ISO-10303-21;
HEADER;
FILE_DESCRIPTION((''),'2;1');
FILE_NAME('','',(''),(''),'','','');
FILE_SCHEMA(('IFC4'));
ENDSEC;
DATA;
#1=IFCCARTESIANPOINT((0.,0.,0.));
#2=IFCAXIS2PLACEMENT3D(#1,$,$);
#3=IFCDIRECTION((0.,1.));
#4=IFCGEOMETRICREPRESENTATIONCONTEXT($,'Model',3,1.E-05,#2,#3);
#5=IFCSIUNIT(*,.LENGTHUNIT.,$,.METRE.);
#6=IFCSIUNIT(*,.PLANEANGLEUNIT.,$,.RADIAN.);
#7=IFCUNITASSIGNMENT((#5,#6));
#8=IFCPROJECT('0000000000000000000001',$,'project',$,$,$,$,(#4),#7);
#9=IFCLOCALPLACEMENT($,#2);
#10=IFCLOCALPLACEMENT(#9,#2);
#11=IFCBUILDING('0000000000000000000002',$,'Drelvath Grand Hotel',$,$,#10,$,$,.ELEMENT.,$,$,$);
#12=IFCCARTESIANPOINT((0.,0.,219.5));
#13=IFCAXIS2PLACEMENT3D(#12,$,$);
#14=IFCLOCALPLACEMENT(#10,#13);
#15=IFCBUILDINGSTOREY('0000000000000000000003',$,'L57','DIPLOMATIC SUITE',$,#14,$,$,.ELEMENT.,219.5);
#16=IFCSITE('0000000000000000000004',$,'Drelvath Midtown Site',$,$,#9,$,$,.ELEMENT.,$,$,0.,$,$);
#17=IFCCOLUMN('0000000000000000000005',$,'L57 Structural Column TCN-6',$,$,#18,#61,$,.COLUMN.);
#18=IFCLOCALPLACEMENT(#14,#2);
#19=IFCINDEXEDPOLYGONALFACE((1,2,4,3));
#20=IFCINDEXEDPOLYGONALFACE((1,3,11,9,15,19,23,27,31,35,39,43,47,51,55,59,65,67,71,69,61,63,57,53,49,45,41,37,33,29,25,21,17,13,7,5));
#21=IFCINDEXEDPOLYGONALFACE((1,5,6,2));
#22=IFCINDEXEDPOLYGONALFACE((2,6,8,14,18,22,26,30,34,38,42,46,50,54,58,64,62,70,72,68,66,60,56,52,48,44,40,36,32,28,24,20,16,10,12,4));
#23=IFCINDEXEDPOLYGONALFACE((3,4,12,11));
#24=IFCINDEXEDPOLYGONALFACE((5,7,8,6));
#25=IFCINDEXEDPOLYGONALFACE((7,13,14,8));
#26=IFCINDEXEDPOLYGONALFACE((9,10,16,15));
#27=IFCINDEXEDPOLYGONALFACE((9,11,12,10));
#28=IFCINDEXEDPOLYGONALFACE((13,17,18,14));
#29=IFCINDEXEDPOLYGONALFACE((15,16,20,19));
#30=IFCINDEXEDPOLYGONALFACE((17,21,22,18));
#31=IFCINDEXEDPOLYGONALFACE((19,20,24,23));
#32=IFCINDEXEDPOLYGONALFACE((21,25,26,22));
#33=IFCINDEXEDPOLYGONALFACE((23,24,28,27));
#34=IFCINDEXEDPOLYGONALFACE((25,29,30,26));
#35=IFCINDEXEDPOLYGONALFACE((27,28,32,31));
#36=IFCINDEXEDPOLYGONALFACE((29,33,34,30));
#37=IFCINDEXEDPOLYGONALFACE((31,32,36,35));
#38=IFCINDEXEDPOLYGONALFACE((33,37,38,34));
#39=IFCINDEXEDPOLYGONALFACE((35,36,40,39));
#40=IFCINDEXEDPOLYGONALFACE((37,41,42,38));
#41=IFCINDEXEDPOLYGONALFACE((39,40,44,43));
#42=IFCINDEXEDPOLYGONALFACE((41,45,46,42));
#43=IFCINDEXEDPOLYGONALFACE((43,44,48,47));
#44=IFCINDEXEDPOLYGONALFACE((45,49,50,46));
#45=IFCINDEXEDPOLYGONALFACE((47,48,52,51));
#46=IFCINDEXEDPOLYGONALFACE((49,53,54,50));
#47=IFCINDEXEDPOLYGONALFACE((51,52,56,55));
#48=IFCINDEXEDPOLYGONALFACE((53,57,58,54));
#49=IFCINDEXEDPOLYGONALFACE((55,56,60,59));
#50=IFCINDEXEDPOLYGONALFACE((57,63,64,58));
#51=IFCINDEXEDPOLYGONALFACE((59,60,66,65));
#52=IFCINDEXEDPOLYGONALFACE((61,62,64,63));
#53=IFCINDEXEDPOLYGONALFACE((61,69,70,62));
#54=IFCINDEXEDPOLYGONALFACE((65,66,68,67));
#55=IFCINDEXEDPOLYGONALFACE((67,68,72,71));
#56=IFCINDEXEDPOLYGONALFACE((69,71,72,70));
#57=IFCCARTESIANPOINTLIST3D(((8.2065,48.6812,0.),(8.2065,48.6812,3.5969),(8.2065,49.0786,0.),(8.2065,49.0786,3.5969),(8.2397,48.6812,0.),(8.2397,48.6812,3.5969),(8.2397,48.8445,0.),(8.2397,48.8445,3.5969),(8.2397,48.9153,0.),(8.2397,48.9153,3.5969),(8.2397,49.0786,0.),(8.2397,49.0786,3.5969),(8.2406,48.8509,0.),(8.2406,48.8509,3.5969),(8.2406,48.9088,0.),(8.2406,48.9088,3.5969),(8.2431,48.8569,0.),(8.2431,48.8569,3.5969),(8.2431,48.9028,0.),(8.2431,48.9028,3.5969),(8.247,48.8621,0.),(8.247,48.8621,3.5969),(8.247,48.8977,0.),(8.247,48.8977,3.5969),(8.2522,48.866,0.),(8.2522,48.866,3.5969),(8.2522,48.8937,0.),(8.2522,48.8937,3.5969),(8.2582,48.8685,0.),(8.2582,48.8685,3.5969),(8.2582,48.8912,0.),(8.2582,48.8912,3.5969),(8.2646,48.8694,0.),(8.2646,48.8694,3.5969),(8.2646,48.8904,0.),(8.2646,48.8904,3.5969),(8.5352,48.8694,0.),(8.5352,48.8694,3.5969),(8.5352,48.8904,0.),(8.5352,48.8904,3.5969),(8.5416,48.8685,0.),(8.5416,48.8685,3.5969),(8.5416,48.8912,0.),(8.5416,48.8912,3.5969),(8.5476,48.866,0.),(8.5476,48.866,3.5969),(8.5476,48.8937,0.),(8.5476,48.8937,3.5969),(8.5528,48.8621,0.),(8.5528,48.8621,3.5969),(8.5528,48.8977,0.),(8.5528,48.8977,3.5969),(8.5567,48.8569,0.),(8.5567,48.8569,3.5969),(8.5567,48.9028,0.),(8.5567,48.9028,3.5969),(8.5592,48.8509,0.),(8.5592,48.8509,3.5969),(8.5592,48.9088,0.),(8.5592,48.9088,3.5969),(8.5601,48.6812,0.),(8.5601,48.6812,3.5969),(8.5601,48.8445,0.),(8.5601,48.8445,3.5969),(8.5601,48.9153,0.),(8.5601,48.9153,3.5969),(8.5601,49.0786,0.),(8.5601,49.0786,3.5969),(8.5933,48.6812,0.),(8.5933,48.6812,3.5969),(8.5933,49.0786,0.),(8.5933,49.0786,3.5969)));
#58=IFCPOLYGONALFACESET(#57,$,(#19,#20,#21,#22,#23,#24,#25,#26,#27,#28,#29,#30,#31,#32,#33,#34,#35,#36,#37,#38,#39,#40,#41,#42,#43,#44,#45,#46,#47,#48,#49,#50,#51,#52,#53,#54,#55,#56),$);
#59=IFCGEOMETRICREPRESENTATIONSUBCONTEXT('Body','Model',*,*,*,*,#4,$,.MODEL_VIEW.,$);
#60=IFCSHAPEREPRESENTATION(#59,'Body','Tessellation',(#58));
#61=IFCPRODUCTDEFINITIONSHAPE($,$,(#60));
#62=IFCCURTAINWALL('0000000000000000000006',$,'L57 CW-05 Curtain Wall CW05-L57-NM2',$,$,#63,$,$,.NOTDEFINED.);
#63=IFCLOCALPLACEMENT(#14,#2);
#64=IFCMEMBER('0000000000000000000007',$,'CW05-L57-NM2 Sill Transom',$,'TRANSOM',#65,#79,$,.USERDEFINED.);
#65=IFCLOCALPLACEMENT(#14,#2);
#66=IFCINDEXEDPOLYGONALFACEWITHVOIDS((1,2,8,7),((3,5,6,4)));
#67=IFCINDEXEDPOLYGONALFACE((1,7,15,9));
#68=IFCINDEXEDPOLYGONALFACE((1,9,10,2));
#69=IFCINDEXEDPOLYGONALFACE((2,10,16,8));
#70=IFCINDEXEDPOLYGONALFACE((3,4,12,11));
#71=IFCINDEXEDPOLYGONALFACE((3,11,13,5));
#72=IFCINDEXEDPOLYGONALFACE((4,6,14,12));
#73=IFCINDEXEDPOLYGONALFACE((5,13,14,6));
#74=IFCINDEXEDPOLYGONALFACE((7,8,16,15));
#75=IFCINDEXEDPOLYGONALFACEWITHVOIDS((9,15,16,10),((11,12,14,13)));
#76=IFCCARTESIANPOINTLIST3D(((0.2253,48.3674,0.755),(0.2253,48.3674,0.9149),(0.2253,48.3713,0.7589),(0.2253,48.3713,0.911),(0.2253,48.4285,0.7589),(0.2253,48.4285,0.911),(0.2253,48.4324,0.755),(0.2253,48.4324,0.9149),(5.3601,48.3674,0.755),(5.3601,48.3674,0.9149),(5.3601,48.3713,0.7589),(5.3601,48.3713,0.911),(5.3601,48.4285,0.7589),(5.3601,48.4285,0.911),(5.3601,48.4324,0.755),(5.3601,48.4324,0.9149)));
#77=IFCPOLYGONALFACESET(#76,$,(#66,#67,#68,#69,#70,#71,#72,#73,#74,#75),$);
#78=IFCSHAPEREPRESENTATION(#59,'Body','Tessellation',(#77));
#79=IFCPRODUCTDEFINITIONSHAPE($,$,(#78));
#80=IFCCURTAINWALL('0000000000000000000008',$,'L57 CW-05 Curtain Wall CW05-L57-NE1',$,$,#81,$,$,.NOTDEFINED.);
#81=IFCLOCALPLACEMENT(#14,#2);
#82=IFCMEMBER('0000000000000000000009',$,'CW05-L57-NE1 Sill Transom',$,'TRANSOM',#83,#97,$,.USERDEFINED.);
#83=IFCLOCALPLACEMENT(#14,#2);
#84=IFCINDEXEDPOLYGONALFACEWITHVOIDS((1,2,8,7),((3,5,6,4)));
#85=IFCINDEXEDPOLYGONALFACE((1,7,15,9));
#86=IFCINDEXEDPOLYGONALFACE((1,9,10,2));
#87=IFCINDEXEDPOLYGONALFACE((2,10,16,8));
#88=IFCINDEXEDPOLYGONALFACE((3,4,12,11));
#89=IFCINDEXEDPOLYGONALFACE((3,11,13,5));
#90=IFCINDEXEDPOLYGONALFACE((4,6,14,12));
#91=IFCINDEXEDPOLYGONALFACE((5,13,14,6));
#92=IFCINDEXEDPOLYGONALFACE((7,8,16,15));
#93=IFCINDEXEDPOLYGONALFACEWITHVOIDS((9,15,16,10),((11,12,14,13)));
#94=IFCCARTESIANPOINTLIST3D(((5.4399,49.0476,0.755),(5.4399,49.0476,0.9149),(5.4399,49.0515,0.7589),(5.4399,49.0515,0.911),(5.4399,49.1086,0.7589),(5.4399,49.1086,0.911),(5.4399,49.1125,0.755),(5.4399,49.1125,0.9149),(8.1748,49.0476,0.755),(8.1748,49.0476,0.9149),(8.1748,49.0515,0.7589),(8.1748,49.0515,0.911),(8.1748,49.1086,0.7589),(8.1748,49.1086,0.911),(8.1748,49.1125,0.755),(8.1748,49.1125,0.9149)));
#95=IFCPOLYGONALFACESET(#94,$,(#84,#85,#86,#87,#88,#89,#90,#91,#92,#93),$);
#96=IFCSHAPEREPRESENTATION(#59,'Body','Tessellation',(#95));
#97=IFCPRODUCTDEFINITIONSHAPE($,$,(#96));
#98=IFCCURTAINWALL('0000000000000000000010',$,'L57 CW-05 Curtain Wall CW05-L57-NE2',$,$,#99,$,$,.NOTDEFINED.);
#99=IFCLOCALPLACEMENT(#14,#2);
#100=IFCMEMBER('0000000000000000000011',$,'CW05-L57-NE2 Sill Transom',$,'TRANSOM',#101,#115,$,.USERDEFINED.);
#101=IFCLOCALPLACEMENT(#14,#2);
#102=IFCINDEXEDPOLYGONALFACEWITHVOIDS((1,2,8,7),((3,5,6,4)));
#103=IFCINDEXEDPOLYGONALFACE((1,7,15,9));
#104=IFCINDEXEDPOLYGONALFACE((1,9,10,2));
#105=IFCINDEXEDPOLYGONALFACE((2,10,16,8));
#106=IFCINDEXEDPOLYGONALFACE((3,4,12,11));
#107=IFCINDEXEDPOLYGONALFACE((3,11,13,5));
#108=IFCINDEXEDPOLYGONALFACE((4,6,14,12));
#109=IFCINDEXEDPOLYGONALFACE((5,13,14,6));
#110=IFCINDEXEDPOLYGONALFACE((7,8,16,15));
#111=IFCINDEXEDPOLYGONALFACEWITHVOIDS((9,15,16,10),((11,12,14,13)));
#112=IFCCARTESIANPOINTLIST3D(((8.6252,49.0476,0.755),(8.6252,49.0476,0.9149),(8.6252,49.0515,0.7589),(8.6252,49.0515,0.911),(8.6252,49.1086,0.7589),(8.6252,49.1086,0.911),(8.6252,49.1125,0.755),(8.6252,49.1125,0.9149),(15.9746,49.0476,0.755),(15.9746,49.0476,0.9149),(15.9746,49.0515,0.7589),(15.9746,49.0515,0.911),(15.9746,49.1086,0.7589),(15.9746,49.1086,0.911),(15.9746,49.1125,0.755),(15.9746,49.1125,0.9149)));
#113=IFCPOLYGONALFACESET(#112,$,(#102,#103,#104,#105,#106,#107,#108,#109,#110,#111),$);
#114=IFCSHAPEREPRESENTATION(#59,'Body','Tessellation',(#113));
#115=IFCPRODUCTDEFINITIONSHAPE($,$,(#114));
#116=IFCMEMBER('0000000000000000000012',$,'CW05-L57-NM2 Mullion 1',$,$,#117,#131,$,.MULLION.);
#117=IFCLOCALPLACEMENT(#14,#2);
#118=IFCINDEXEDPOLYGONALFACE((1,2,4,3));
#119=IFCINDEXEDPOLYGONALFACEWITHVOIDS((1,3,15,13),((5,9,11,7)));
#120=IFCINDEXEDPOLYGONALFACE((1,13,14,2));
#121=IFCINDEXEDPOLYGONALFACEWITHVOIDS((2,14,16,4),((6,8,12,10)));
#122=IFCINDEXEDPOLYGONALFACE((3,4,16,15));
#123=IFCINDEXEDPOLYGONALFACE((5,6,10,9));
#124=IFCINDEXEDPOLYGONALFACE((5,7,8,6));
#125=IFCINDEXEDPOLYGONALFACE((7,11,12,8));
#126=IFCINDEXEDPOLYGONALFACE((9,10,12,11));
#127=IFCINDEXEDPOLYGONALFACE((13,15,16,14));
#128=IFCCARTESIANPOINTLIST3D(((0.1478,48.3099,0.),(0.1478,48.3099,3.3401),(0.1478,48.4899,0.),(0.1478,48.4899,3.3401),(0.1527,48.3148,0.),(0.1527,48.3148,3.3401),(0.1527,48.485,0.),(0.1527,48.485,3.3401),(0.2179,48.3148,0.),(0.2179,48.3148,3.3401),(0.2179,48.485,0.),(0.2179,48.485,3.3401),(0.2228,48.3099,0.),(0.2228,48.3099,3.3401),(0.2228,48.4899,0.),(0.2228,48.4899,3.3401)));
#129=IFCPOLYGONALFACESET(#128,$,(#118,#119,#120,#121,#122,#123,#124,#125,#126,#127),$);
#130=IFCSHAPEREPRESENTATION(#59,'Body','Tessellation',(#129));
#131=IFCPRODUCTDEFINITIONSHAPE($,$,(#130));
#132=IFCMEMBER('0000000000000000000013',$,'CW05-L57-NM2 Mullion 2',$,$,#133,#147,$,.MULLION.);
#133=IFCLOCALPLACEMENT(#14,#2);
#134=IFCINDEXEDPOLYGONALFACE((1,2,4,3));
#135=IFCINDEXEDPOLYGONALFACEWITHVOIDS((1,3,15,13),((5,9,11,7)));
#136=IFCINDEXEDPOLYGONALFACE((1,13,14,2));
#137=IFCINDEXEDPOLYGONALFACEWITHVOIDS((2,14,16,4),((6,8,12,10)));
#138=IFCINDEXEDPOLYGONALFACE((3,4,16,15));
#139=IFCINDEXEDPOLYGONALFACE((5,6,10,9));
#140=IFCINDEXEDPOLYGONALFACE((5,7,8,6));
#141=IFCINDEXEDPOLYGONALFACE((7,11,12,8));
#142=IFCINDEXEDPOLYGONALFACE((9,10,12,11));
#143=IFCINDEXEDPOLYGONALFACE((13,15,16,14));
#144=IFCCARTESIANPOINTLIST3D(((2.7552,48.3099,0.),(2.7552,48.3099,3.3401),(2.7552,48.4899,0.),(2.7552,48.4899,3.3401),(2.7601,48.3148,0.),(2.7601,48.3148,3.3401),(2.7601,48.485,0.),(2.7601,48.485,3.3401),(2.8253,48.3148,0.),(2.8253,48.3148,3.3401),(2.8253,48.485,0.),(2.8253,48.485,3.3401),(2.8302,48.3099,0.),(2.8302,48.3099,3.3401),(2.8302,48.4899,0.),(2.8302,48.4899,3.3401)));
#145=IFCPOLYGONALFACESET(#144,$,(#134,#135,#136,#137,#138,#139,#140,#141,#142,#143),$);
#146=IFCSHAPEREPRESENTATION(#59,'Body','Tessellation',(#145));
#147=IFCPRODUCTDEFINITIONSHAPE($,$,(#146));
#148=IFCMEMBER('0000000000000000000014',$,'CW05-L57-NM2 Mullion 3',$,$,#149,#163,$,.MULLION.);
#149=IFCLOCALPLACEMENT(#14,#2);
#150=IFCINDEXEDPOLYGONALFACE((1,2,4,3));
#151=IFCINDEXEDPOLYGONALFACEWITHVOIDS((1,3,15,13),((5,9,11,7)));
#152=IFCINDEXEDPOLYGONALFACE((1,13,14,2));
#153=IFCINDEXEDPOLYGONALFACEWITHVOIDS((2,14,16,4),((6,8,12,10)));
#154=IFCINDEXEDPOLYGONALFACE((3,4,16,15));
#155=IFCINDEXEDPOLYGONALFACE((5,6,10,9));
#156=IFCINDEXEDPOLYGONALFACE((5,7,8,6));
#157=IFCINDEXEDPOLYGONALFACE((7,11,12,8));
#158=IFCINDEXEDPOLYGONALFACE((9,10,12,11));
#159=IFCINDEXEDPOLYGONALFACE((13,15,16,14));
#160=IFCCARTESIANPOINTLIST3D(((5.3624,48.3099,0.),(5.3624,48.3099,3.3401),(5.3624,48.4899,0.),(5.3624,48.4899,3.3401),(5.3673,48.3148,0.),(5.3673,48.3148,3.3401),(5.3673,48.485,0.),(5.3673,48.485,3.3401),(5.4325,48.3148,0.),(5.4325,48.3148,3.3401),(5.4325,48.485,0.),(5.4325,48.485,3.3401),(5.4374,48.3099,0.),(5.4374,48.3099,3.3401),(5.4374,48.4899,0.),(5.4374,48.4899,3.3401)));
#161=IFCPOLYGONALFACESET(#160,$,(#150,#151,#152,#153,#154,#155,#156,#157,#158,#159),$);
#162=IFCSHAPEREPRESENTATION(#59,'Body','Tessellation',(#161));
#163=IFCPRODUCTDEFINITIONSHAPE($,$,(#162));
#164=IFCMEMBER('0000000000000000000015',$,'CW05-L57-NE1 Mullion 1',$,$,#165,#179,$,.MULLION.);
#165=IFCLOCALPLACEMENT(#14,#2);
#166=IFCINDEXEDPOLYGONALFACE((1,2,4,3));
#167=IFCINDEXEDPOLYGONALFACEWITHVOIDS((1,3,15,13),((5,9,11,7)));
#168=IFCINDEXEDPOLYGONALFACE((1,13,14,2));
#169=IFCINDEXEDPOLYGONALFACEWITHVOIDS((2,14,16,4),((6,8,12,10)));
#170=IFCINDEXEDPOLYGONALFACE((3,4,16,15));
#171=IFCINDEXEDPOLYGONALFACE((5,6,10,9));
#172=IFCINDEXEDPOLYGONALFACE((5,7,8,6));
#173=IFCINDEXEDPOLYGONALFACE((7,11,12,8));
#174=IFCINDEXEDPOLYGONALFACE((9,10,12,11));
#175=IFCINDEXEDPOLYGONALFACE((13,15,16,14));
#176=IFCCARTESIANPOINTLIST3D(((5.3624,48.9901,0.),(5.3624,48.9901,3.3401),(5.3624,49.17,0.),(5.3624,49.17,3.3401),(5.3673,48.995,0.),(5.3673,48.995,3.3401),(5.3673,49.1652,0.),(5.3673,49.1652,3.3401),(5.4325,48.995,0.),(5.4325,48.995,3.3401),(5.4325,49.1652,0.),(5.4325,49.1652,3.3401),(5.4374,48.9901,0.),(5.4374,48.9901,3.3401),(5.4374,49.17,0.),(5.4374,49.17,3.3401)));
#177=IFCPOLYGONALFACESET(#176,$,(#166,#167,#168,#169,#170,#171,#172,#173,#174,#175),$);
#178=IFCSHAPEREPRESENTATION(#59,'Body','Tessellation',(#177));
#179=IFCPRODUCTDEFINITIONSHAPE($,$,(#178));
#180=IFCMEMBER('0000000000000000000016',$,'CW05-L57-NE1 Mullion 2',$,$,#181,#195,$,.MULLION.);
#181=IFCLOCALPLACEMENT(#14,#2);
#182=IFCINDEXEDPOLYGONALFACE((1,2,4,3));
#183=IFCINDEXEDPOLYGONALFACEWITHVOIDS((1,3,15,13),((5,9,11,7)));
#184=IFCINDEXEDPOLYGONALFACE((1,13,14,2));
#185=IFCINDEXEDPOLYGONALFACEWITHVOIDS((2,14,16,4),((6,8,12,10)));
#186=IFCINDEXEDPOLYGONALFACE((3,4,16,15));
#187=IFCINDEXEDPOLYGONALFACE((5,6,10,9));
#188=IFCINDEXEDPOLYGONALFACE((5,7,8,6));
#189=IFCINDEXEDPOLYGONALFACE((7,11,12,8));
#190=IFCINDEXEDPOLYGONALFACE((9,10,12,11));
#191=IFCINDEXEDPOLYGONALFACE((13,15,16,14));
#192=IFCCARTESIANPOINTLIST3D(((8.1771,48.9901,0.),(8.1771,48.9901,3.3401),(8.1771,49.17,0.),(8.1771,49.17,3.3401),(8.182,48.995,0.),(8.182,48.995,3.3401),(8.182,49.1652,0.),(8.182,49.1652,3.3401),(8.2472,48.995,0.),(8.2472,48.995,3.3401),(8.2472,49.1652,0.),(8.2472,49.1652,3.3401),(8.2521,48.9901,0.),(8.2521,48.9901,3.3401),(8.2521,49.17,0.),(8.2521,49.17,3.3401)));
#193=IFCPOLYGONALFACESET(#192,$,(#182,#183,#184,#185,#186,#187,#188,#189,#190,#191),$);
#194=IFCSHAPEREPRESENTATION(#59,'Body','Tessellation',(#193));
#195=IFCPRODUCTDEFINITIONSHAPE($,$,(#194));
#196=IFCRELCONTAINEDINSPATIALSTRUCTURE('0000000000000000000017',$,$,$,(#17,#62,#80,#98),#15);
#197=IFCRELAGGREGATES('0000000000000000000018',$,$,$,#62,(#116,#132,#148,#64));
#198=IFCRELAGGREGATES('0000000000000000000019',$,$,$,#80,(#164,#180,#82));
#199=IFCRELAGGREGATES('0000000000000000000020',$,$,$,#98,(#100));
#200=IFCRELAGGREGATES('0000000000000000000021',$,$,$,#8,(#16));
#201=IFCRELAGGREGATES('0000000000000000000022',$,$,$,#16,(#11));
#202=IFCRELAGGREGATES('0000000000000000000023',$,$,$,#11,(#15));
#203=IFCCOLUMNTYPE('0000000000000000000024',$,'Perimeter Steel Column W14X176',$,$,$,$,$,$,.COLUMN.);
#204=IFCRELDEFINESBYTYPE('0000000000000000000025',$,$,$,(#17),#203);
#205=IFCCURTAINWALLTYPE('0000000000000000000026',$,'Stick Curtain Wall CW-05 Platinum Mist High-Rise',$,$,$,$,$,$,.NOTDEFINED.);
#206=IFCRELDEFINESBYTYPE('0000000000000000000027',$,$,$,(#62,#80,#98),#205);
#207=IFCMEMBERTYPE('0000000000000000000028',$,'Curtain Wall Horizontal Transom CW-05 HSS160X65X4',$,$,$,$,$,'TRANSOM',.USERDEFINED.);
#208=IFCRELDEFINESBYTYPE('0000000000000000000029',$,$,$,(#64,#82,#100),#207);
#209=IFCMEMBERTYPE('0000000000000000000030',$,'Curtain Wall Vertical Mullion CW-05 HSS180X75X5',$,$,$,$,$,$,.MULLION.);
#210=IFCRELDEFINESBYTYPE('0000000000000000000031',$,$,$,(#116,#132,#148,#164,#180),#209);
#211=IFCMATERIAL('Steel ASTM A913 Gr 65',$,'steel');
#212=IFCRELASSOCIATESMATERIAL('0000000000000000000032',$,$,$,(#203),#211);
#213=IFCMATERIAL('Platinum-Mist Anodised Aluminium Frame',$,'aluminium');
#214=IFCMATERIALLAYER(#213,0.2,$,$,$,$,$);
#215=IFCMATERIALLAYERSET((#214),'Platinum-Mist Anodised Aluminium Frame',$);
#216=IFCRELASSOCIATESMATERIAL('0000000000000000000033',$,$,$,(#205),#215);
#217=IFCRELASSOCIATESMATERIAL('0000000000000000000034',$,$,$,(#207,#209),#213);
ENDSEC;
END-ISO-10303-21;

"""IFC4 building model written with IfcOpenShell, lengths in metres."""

from ifc_helpers import new_model, si_unit, direction, frame, origin, origin_2d, place, context, subcontext, project, spatial, hollow_rectangle, i_section, extrude, material, layer, layer_set, material_profile, profile_set, type_object, element, aggregate, save


model = new_model("IFC4")

# Units and contexts
model_context = context("Model", 3, precision=1e-05, world=origin(), true_north=direction((0.0, 1.0)))
body_context = subcontext(model_context, "Body", "Model", "MODEL_VIEW")
ifc_project = project(units=[si_unit("LENGTHUNIT", "METRE"), si_unit("PLANEANGLEUNIT", "RADIAN")], contexts=[model_context])

# Site, building, storey
site_placement = place(None, origin())
site = spatial("IfcSite", under=ifc_project, at=site_placement, Name="Drelvath Midtown Site", CompositionType="ELEMENT", RefElevation=0.0)
building_placement = place(site_placement, origin())
building = spatial("IfcBuilding", under=site, at=building_placement, Name="Drelvath Grand Hotel", CompositionType="ELEMENT")
storey_placement = place(building_placement, frame((0.0, 0.0, 219.5)))
storey = spatial("IfcBuildingStorey", under=building, at=storey_placement, Name="L57", Description="DIPLOMATIC SUITE", CompositionType="ELEMENT", Elevation=219.5)

# Column
ifc_material_1 = material(Name="Steel ASTM A913 Gr 65", Category="steel")
ifc_material_profile_1 = material_profile(ifc_material_1, i_section(OverallWidth=0.3975, OverallDepth=0.3867, WebThickness=0.021, FlangeThickness=0.0332, FilletRadius=0.0249, at=origin_2d()), Name="W14X176")
ifc_profile_set_1 = profile_set([ifc_material_profile_1], Name="Steel ASTM A913 Gr 65")
column_type = type_object("IfcColumnType", Name="Perimeter Steel Column W14X176", PredefinedType="COLUMN", material=ifc_profile_set_1)
column_placement = place(storey_placement, frame((8.3999, 48.8799, 0.0), z_axis=(0.0, 0.0, 1.0), x_axis=(0.0, 1.0, 0.0)))
element("IfcColumn", 1, at=column_placement, inside=storey, type_object=column_type, Name="L57 Structural Column TCN-6", PredefinedType="COLUMN", context=body_context, shape_type="SweptSolid", body=[
    extrude(i_section(OverallWidth=0.3975, OverallDepth=0.3867, WebThickness=0.021, FlangeThickness=0.0332, FilletRadius=0.0249, at=origin_2d()), origin(), (0.0, 0.0, 1.0), 3.5969),
])

# Curtain walls, members
ifc_material_2 = material(Name="Platinum-Mist Anodised Aluminium Frame", Category="aluminium")
ifc_layer_1 = layer(ifc_material_2, 0.2)
ifc_layer_set_1 = layer_set([ifc_layer_1], Name="Platinum-Mist Anodised Aluminium Frame")
curtain_wall_type = type_object("IfcCurtainWallType", Name="Stick Curtain Wall CW-05 Platinum Mist High-Rise", PredefinedType="NOTDEFINED", material=ifc_layer_set_1)
curtain_wall_1_placement = place(storey_placement, origin())
curtain_wall_1 = element("IfcCurtainWall", 2, at=curtain_wall_1_placement, inside=storey, type_object=curtain_wall_type, Name="L57 CW-05 Curtain Wall CW05-L57-NM2", PredefinedType="NOTDEFINED")
ifc_material_profile_2 = material_profile(ifc_material_2, hollow_rectangle(XDim=0.0649, YDim=0.1599, WallThickness=0.0039, at=origin_2d()), Name="HSS160X65X4")
ifc_profile_set_2 = profile_set([ifc_material_profile_2], Name="Platinum-Mist Anodised Aluminium Frame")
member_type_1 = type_object("IfcMemberType", Name="Curtain Wall Horizontal Transom CW-05 HSS160X65X4", ElementType="TRANSOM", PredefinedType="USERDEFINED", material=ifc_profile_set_2)
member_1_placement = place(storey_placement, frame((0.2253, 48.3999, 0.835), z_axis=(1.0, 0.0, 0.0), x_axis=(0.0, 1.0, 0.0)))
member_1 = element("IfcMember", 3, at=member_1_placement, type_object=member_type_1, Name="CW05-L57-NM2 Sill Transom", ObjectType="TRANSOM", PredefinedType="USERDEFINED", context=body_context, shape_type="SweptSolid", body=[
    extrude(hollow_rectangle(XDim=0.0649, YDim=0.1599, WallThickness=0.0039, at=origin_2d()), origin(), (0.0, 0.0, 1.0), 5.1348),
])
curtain_wall_2_placement = place(storey_placement, origin())
curtain_wall_2 = element("IfcCurtainWall", 4, at=curtain_wall_2_placement, inside=storey, type_object=curtain_wall_type, Name="L57 CW-05 Curtain Wall CW05-L57-NE1", PredefinedType="NOTDEFINED")
member_2_placement = place(storey_placement, frame((5.4399, 49.0801, 0.835), z_axis=(1.0, 0.0, 0.0), x_axis=(0.0, 1.0, 0.0)))
member_2 = element("IfcMember", 5, at=member_2_placement, type_object=member_type_1, Name="CW05-L57-NE1 Sill Transom", ObjectType="TRANSOM", PredefinedType="USERDEFINED", context=body_context, shape_type="SweptSolid", body=[
    extrude(hollow_rectangle(XDim=0.0649, YDim=0.1599, WallThickness=0.0039, at=origin_2d()), origin(), (0.0, 0.0, 1.0), 2.7349),
])
curtain_wall_3_placement = place(storey_placement, origin())
curtain_wall_3 = element("IfcCurtainWall", 6, at=curtain_wall_3_placement, inside=storey, type_object=curtain_wall_type, Name="L57 CW-05 Curtain Wall CW05-L57-NE2", PredefinedType="NOTDEFINED")
member_3_placement = place(storey_placement, frame((8.6252, 49.0801, 0.835), z_axis=(1.0, 0.0, 0.0), x_axis=(0.0, 1.0, 0.0)))
member_3 = element("IfcMember", 7, at=member_3_placement, type_object=member_type_1, Name="CW05-L57-NE2 Sill Transom", ObjectType="TRANSOM", PredefinedType="USERDEFINED", context=body_context, shape_type="SweptSolid", body=[
    extrude(hollow_rectangle(XDim=0.0649, YDim=0.1599, WallThickness=0.0039, at=origin_2d()), origin(), (0.0, 0.0, 1.0), 7.3494),
])

# Members
ifc_material_profile_3 = material_profile(ifc_material_2, hollow_rectangle(XDim=0.075, YDim=0.1799, WallThickness=0.0049, at=origin_2d()), Name="HSS180X75X5")
ifc_profile_set_3 = profile_set([ifc_material_profile_3], Name="Platinum-Mist Anodised Aluminium Frame")
member_type_2 = type_object("IfcMemberType", Name="Curtain Wall Vertical Mullion CW-05 HSS180X75X5", PredefinedType="MULLION", material=ifc_profile_set_3)
member_4_placement = place(storey_placement, frame((0.1853, 48.3999, 0.0), z_axis=(0.0, 0.0, 1.0), x_axis=(1.0, 0.0, 0.0)))
member_4 = element("IfcMember", 8, at=member_4_placement, type_object=member_type_2, Name="CW05-L57-NM2 Mullion 1", PredefinedType="MULLION", context=body_context, shape_type="SweptSolid", body=[
    extrude(hollow_rectangle(XDim=0.075, YDim=0.1799, WallThickness=0.0049, at=origin_2d()), origin(), (0.0, 0.0, 1.0), 3.3401),
])
member_5_placement = place(storey_placement, frame((2.7927, 48.3999, 0.0), z_axis=(0.0, 0.0, 1.0), x_axis=(1.0, 0.0, 0.0)))
member_5 = element("IfcMember", 9, at=member_5_placement, type_object=member_type_2, Name="CW05-L57-NM2 Mullion 2", PredefinedType="MULLION", context=body_context, shape_type="SweptSolid", body=[
    extrude(hollow_rectangle(XDim=0.075, YDim=0.1799, WallThickness=0.0049, at=origin_2d()), origin(), (0.0, 0.0, 1.0), 3.3401),
])
member_6_placement = place(storey_placement, frame((5.3999, 48.3999, 0.0), z_axis=(0.0, 0.0, 1.0), x_axis=(1.0, 0.0, 0.0)))
member_6 = element("IfcMember", 10, at=member_6_placement, type_object=member_type_2, Name="CW05-L57-NM2 Mullion 3", PredefinedType="MULLION", context=body_context, shape_type="SweptSolid", body=[
    extrude(hollow_rectangle(XDim=0.075, YDim=0.1799, WallThickness=0.0049, at=origin_2d()), origin(), (0.0, 0.0, 1.0), 3.3401),
])
member_7_placement = place(storey_placement, frame((5.3999, 49.0801, 0.0), z_axis=(0.0, 0.0, 1.0), x_axis=(1.0, 0.0, 0.0)))
member_7 = element("IfcMember", 11, at=member_7_placement, type_object=member_type_2, Name="CW05-L57-NE1 Mullion 1", PredefinedType="MULLION", context=body_context, shape_type="SweptSolid", body=[
    extrude(hollow_rectangle(XDim=0.075, YDim=0.1799, WallThickness=0.0049, at=origin_2d()), origin(), (0.0, 0.0, 1.0), 3.3401),
])
member_8_placement = place(storey_placement, frame((8.2146, 49.0801, 0.0), z_axis=(0.0, 0.0, 1.0), x_axis=(1.0, 0.0, 0.0)))
member_8 = element("IfcMember", 12, at=member_8_placement, type_object=member_type_2, Name="CW05-L57-NE1 Mullion 2", PredefinedType="MULLION", context=body_context, shape_type="SweptSolid", body=[
    extrude(hollow_rectangle(XDim=0.075, YDim=0.1799, WallThickness=0.0049, at=origin_2d()), origin(), (0.0, 0.0, 1.0), 3.3401),
])

aggregate(curtain_wall_1, [member_4, member_5, member_6, member_1])
aggregate(curtain_wall_2, [member_7, member_8, member_2])
aggregate(curtain_wall_3, [member_3])

save(model, "model.ifc")
